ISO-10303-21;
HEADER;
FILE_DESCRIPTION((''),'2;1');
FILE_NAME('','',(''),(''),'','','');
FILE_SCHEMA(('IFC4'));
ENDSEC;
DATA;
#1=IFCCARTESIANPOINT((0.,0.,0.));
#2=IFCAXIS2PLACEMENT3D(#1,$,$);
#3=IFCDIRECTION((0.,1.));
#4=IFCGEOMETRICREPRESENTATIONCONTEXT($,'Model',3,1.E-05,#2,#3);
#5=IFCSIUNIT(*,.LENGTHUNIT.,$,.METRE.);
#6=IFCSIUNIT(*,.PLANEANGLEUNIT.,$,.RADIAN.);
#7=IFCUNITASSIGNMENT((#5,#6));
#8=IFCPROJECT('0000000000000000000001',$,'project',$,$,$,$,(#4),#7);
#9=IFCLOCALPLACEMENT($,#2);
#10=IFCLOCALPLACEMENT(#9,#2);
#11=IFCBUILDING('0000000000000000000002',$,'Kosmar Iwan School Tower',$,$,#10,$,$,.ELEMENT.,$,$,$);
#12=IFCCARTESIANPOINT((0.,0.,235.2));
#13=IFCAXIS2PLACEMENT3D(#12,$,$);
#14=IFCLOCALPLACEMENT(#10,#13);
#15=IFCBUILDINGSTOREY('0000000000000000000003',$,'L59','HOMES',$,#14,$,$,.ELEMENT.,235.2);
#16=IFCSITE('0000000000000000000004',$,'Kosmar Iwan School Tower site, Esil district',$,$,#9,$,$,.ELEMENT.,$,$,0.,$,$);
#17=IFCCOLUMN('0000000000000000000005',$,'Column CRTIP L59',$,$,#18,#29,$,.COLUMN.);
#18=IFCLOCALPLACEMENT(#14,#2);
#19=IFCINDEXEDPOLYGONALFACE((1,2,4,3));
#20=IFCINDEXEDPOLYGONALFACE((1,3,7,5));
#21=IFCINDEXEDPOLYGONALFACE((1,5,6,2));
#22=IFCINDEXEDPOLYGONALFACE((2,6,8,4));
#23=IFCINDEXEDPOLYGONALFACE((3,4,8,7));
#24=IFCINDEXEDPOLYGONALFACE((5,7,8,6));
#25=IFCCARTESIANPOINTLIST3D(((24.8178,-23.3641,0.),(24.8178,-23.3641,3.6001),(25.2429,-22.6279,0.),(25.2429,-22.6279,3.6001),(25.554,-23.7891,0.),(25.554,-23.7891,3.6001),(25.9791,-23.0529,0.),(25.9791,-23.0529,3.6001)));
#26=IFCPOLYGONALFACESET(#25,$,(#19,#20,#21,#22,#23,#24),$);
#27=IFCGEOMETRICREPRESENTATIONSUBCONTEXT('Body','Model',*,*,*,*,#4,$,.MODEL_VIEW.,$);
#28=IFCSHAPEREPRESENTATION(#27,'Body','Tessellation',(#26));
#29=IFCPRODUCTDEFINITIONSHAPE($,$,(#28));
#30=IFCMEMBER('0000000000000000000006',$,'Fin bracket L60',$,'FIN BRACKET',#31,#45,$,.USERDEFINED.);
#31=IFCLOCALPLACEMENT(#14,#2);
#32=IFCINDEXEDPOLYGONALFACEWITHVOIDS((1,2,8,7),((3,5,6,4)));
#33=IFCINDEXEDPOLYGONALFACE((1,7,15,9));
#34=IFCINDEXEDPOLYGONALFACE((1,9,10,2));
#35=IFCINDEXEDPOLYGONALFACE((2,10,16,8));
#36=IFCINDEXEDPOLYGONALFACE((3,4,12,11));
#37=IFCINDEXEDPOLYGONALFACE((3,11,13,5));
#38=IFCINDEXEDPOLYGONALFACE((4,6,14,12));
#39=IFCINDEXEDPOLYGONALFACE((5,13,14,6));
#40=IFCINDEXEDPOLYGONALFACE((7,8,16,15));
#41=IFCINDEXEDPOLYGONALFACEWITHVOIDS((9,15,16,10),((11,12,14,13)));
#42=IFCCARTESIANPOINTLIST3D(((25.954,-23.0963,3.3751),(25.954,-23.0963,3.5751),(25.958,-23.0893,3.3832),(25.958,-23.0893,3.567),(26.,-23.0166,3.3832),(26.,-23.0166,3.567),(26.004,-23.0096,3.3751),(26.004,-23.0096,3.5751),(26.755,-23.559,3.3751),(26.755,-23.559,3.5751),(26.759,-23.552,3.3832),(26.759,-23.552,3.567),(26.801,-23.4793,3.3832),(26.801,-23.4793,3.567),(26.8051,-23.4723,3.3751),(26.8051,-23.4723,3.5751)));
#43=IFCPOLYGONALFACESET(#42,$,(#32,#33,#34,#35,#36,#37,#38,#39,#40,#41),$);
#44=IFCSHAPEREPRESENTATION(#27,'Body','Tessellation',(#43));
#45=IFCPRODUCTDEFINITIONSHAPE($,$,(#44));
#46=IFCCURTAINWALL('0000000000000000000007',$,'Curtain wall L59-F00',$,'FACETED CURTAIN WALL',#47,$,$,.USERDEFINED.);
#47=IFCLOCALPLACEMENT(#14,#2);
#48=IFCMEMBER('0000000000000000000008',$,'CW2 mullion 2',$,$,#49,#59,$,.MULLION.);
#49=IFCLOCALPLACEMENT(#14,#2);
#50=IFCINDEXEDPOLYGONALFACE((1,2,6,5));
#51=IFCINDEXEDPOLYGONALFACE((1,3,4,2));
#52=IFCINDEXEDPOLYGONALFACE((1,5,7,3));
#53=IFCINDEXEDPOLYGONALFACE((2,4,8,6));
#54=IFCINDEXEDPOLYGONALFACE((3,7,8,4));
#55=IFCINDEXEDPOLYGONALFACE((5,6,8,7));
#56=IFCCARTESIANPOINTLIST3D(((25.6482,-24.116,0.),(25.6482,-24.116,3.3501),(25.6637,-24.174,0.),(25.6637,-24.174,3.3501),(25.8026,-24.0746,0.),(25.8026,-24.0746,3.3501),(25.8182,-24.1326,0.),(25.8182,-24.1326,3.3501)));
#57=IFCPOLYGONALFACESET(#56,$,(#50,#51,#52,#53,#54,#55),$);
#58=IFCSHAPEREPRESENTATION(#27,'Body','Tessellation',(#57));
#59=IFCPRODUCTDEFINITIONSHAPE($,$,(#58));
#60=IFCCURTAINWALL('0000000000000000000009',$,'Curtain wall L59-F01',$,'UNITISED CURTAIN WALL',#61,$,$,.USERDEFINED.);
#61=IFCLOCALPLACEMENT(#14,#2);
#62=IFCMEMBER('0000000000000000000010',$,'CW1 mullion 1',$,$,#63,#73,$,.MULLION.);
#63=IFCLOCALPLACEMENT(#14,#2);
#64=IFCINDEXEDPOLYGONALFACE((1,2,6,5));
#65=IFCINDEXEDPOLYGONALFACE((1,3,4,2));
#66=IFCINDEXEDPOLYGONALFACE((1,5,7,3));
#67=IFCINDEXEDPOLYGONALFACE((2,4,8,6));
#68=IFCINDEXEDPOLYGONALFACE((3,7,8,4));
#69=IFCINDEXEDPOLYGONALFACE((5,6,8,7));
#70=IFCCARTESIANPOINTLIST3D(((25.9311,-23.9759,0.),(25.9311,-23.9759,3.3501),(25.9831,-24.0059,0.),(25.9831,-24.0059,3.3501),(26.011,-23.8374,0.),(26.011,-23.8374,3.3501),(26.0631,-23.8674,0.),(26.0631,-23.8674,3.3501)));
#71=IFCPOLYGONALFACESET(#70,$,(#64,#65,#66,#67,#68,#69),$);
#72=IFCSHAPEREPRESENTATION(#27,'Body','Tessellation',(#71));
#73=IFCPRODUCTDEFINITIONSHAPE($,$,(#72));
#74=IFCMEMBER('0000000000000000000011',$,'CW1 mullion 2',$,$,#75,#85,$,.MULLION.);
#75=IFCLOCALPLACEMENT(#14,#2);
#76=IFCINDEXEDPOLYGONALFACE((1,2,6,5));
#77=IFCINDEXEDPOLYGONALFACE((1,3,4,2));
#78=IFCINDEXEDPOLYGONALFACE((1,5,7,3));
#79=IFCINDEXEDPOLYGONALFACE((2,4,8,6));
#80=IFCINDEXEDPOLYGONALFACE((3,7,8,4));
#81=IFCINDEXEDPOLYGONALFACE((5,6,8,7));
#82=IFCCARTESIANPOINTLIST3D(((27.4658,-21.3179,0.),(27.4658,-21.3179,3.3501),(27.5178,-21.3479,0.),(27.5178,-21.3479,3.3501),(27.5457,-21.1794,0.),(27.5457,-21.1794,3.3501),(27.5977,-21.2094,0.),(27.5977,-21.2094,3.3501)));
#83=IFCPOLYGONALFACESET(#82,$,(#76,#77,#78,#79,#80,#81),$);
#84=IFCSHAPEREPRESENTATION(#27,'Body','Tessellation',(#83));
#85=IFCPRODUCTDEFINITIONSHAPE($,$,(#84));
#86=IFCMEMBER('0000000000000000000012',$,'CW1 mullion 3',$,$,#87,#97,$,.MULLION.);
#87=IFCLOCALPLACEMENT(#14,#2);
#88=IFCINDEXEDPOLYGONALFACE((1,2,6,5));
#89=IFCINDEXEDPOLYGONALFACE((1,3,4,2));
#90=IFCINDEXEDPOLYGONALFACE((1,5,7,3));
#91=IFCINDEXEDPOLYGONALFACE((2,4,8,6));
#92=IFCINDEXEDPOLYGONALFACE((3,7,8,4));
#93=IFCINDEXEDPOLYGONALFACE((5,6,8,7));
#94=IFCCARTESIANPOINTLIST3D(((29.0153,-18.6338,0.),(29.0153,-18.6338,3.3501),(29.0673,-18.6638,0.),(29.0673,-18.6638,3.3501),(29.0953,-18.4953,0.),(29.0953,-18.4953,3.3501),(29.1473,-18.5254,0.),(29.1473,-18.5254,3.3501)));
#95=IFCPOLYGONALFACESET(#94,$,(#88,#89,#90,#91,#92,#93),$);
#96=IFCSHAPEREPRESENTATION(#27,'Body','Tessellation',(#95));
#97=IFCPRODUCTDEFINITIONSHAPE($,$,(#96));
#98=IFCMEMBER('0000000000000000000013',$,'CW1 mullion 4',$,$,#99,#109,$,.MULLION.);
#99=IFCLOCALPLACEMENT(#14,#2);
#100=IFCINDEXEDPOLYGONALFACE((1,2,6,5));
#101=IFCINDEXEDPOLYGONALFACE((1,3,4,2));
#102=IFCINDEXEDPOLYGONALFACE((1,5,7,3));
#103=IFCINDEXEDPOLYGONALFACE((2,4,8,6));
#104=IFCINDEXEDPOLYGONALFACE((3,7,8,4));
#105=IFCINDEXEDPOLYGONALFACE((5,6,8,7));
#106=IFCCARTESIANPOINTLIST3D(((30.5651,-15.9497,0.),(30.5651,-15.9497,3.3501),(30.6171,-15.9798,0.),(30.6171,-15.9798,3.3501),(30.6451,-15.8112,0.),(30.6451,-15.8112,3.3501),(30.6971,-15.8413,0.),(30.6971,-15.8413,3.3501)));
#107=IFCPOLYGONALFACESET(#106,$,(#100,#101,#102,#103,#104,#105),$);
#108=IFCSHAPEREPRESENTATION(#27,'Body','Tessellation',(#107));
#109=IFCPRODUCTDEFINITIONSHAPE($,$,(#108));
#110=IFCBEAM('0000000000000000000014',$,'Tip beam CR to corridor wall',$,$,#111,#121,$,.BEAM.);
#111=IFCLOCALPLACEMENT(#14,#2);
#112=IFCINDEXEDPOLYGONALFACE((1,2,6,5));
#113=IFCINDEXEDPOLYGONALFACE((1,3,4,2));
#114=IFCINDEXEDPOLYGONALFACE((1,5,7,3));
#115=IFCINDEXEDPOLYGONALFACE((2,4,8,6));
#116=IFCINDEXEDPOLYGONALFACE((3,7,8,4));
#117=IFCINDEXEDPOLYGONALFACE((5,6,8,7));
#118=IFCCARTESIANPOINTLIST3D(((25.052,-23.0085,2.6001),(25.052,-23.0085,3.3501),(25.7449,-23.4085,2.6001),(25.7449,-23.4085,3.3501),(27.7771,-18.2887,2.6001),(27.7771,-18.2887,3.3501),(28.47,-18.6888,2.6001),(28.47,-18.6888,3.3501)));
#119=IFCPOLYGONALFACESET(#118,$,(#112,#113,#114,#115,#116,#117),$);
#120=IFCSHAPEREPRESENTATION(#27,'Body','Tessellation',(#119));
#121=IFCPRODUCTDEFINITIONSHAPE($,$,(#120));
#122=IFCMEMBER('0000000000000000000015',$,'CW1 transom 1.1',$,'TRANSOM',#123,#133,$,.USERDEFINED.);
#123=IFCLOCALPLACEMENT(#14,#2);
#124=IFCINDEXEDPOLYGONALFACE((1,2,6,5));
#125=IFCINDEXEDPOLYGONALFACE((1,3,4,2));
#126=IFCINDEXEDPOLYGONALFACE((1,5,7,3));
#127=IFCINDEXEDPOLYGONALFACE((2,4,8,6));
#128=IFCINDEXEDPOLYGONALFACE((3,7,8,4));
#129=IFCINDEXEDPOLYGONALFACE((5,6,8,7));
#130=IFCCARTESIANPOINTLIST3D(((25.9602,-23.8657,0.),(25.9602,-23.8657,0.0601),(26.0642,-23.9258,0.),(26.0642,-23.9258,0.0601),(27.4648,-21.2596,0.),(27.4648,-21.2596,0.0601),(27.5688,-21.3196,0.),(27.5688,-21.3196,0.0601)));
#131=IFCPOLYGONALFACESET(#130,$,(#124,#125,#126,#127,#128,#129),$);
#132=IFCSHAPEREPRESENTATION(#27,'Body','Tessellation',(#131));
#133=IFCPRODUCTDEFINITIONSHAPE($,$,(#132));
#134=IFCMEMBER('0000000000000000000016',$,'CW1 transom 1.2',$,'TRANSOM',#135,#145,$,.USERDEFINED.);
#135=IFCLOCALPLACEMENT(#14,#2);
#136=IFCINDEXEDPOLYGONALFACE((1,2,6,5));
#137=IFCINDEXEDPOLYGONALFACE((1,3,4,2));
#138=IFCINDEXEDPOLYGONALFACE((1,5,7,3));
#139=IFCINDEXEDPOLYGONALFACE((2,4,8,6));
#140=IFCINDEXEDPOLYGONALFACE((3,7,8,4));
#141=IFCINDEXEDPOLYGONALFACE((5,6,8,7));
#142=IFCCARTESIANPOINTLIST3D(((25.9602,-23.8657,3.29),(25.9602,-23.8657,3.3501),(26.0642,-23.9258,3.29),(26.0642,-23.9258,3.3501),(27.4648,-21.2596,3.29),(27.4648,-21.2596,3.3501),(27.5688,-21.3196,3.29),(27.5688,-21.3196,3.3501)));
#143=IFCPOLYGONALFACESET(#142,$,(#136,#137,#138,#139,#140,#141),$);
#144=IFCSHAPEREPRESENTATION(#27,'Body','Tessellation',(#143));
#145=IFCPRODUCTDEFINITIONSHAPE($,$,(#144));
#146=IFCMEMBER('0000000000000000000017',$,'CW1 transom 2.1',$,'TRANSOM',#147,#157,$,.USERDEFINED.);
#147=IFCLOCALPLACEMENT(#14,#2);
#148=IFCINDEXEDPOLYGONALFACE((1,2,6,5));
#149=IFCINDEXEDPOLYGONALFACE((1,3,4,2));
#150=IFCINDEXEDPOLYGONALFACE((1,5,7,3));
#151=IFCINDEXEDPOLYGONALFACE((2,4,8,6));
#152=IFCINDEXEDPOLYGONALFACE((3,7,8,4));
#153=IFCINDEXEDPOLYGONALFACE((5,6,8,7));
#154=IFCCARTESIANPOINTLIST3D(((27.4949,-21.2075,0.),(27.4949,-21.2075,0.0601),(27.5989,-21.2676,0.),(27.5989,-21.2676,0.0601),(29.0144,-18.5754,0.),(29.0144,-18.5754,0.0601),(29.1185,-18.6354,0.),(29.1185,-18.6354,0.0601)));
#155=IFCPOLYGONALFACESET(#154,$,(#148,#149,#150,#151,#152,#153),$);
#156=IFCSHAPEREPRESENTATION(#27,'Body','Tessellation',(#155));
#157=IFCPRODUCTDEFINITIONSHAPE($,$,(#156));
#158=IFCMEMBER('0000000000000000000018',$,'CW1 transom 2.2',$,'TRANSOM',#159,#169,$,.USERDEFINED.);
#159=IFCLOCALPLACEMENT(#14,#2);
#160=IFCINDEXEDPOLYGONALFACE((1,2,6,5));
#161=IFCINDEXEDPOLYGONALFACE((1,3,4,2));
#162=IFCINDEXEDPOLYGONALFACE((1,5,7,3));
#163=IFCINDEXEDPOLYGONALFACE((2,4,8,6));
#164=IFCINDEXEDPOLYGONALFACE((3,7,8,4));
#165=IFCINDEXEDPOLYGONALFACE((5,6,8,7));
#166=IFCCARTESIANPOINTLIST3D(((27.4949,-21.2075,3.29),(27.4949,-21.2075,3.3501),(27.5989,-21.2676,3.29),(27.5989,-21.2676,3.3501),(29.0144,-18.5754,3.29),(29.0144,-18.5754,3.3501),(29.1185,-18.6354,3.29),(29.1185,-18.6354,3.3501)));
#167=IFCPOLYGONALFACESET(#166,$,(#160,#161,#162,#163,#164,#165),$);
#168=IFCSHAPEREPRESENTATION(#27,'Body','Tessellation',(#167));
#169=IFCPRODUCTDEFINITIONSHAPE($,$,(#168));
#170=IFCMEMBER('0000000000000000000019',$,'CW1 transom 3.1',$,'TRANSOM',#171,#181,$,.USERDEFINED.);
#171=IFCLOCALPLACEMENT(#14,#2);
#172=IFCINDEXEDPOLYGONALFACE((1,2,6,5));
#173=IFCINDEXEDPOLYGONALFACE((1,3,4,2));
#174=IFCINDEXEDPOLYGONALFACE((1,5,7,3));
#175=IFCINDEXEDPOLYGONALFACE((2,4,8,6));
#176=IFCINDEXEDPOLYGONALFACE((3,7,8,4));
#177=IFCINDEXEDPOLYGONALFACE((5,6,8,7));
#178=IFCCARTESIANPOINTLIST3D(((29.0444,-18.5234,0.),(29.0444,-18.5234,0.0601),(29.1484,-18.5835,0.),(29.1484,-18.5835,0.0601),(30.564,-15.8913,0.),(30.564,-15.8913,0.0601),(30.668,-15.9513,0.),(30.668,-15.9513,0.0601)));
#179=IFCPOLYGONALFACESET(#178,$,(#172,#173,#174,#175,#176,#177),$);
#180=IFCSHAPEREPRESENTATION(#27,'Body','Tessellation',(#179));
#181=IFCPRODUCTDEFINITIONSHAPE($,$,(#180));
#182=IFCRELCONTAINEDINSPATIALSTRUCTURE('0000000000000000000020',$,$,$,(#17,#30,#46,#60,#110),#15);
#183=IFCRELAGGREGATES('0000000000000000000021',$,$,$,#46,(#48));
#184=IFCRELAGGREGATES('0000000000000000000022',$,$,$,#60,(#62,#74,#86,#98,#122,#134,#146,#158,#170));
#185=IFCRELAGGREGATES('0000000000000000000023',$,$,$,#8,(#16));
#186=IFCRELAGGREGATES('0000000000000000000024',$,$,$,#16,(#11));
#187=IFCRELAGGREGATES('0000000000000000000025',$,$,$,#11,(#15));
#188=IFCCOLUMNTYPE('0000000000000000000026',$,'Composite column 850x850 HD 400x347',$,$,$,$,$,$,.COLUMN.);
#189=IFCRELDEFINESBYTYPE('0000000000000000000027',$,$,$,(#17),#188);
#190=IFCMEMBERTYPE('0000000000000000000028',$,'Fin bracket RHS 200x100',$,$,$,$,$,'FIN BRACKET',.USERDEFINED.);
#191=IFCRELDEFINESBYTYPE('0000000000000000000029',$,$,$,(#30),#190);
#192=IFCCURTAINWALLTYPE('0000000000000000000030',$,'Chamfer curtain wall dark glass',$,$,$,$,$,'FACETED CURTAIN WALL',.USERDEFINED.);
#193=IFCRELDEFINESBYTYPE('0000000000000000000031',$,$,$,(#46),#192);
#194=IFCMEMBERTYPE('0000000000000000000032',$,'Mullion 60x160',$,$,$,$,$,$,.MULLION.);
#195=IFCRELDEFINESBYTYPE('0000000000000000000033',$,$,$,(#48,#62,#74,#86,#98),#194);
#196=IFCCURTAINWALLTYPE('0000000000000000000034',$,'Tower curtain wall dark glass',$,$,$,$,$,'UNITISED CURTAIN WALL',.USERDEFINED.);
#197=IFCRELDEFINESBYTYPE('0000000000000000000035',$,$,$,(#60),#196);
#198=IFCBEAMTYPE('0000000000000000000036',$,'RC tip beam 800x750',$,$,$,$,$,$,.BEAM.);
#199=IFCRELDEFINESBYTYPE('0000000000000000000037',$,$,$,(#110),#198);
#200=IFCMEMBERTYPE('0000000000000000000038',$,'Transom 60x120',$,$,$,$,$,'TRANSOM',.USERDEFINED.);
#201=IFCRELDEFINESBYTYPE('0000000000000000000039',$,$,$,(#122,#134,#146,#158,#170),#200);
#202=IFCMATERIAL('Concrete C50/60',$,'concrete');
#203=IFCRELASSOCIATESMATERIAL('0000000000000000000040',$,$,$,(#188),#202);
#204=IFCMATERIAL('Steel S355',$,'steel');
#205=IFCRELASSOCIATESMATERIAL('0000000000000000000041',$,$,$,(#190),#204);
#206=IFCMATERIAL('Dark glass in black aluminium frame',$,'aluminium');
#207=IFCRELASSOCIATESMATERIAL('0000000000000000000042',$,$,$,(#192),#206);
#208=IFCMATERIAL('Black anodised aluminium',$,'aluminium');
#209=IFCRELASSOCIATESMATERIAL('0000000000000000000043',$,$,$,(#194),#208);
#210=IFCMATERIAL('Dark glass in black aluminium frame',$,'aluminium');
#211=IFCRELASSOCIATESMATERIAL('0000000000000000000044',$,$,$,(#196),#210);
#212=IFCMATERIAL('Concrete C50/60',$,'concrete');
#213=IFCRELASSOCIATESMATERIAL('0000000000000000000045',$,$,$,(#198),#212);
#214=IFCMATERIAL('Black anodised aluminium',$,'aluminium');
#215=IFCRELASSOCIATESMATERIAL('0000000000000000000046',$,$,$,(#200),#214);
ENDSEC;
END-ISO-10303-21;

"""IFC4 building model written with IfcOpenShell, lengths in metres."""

from ifc_helpers import new_model, si_unit, direction, frame, origin, origin_2d, place, context, subcontext, project, spatial, rectangle, hollow_rectangle, extrude, material, material_profile, profile_set, type_object, element, aggregate, save


model = new_model("IFC4")

# Units and contexts
model_context = context("Model", 3, precision=1e-05, world=origin(), true_north=direction((0.0, 1.0)))
body_context = subcontext(model_context, "Body", "Model", "MODEL_VIEW")
ifc_project = project(units=[si_unit("LENGTHUNIT", "METRE"), si_unit("PLANEANGLEUNIT", "RADIAN")], contexts=[model_context])

# Site, building, storey
site_placement = place(None, origin())
site = spatial("IfcSite", under=ifc_project, at=site_placement, Name="Kosmar Iwan School Tower site, Esil district", CompositionType="ELEMENT", RefElevation=0.0)
building_placement = place(site_placement, origin())
building = spatial("IfcBuilding", under=site, at=building_placement, Name="Kosmar Iwan School Tower", CompositionType="ELEMENT")
storey_placement = place(building_placement, frame((0.0, 0.0, 235.2)))
storey = spatial("IfcBuildingStorey", under=building, at=storey_placement, Name="L59", Description="HOMES", CompositionType="ELEMENT", Elevation=235.2)

# Column
ifc_material_1 = material(Name="Concrete C50/60", Category="concrete")
ifc_material_profile_1 = material_profile(ifc_material_1, rectangle(XDim=0.8501, YDim=0.8501, at=origin_2d()), Name="RC 850x850 + HD 400x347")
ifc_profile_set_1 = profile_set([ifc_material_profile_1], Name="Concrete C50/60")
column_type = type_object("IfcColumnType", Name="Composite column 850x850 HD 400x347", PredefinedType="COLUMN", material=ifc_profile_set_1)
column_placement = place(storey_placement, frame((25.3984, -23.2085, 0.0), z_axis=(0.0, 0.0, 1.0), x_axis=(0.866025, -0.5, 0.0)))
element("IfcColumn", 1, at=column_placement, inside=storey, type_object=column_type, Name="Column CRTIP L59", PredefinedType="COLUMN", context=body_context, shape_type="SweptSolid", body=[
    extrude(rectangle(XDim=0.8501, YDim=0.8501, at=origin_2d()), origin(), (0.0, 0.0, 1.0), 3.6001),
])

# Member
ifc_material_2 = material(Name="Steel S355", Category="steel")
ifc_material_profile_2 = material_profile(ifc_material_2, hollow_rectangle(XDim=0.1001, YDim=0.2, WallThickness=0.0081, at=origin_2d()), Name="RHS 200x100x8")
ifc_profile_set_2 = profile_set([ifc_material_profile_2], Name="Steel S355")
member_type_1 = type_object("IfcMemberType", Name="Fin bracket RHS 200x100", ElementType="FIN BRACKET", PredefinedType="USERDEFINED", material=ifc_profile_set_2)
member_1_placement = place(storey_placement, frame((25.979, -23.053, 3.4751), z_axis=(0.865944, -0.500141, 0.0), x_axis=(0.500141, 0.865944, 0.0)))
element("IfcMember", 2, at=member_1_placement, inside=storey, type_object=member_type_1, Name="Fin bracket L60", ObjectType="FIN BRACKET", PredefinedType="USERDEFINED", context=body_context, shape_type="SweptSolid", body=[
    extrude(hollow_rectangle(XDim=0.1001, YDim=0.2, WallThickness=0.0081, at=origin_2d()), origin(), (0.0, 0.0, 1.0), 0.925),
])

# Curtain wall, member
ifc_material_3 = material(Name="Dark glass in black aluminium frame", Category="aluminium")
curtain_wall_type_1 = type_object("IfcCurtainWallType", Name="Chamfer curtain wall dark glass", ElementType="FACETED CURTAIN WALL", PredefinedType="USERDEFINED", material=ifc_material_3)
curtain_wall_1_placement = place(storey_placement, origin())
curtain_wall_1 = element("IfcCurtainWall", 3, at=curtain_wall_1_placement, inside=storey, type_object=curtain_wall_type_1, Name="Curtain wall L59-F00", ObjectType="FACETED CURTAIN WALL", PredefinedType="USERDEFINED")
ifc_material_4 = material(Name="Black anodised aluminium", Category="aluminium")
ifc_material_profile_3 = material_profile(ifc_material_4, rectangle(XDim=0.0601, YDim=0.1599, at=origin_2d()), Name="MULLION 60x160")
ifc_profile_set_3 = profile_set([ifc_material_profile_3], Name="Black anodised aluminium")
member_type_2 = type_object("IfcMemberType", Name="Mullion 60x160", PredefinedType="MULLION", material=ifc_profile_set_3)
member_2_placement = place(storey_placement, frame((25.7332, -24.1243, 0.0), z_axis=(0.0, 0.0, 1.0), x_axis=(-0.258819, 0.965926, 0.0)))
member_2 = element("IfcMember", 4, at=member_2_placement, type_object=member_type_2, Name="CW2 mullion 2", PredefinedType="MULLION", context=body_context, shape_type="SweptSolid", body=[
    extrude(rectangle(XDim=0.0601, YDim=0.1599, at=origin_2d()), origin(), (0.0, 0.0, 1.0), 3.3501),
])
aggregate(curtain_wall_1, [member_2])

# Curtain wall, members
ifc_material_5 = material(Name="Dark glass in black aluminium frame", Category="aluminium")
curtain_wall_type_2 = type_object("IfcCurtainWallType", Name="Tower curtain wall dark glass", ElementType="UNITISED CURTAIN WALL", PredefinedType="USERDEFINED", material=ifc_material_5)
curtain_wall_2_placement = place(storey_placement, origin())
curtain_wall_2 = element("IfcCurtainWall", 5, at=curtain_wall_2_placement, inside=storey, type_object=curtain_wall_type_2, Name="Curtain wall L59-F01", ObjectType="UNITISED CURTAIN WALL", PredefinedType="USERDEFINED")
member_3_placement = place(storey_placement, frame((25.9971, -23.9216, 0.0), z_axis=(0.0, 0.0, 1.0), x_axis=(-0.866025, 0.5, 0.0)))
member_3 = element("IfcMember", 6, at=member_3_placement, type_object=member_type_2, Name="CW1 mullion 1", PredefinedType="MULLION", context=body_context, shape_type="SweptSolid", body=[
    extrude(rectangle(XDim=0.0601, YDim=0.1599, at=origin_2d()), origin(), (0.0, 0.0, 1.0), 3.3501),
])
member_4_placement = place(storey_placement, frame((27.5317, -21.2637, 0.0), z_axis=(0.0, 0.0, 1.0), x_axis=(-0.866025, 0.5, 0.0)))
member_4 = element("IfcMember", 7, at=member_4_placement, type_object=member_type_2, Name="CW1 mullion 2", PredefinedType="MULLION", context=body_context, shape_type="SweptSolid", body=[
    extrude(rectangle(XDim=0.0601, YDim=0.1599, at=origin_2d()), origin(), (0.0, 0.0, 1.0), 3.3501),
])
member_5_placement = place(storey_placement, frame((29.0813, -18.5796, 0.0), z_axis=(0.0, 0.0, 1.0), x_axis=(-0.866025, 0.5, 0.0)))
member_5 = element("IfcMember", 8, at=member_5_placement, type_object=member_type_2, Name="CW1 mullion 3", PredefinedType="MULLION", context=body_context, shape_type="SweptSolid", body=[
    extrude(rectangle(XDim=0.0601, YDim=0.1599, at=origin_2d()), origin(), (0.0, 0.0, 1.0), 3.3501),
])
member_6_placement = place(storey_placement, frame((30.6311, -15.8955, 0.0), z_axis=(0.0, 0.0, 1.0), x_axis=(-0.866025, 0.5, 0.0)))
member_6 = element("IfcMember", 9, at=member_6_placement, type_object=member_type_2, Name="CW1 mullion 4", PredefinedType="MULLION", context=body_context, shape_type="SweptSolid", body=[
    extrude(rectangle(XDim=0.0601, YDim=0.1599, at=origin_2d()), origin(), (0.0, 0.0, 1.0), 3.3501),
])

# Beam
ifc_material_6 = material(Name="Concrete C50/60", Category="concrete")
ifc_material_profile_4 = material_profile(ifc_material_6, rectangle(XDim=0.8, YDim=0.75, at=origin_2d()), Name="RC 800x750")
ifc_profile_set_4 = profile_set([ifc_material_profile_4], Name="Concrete C50/60")
beam_type = type_object("IfcBeamType", Name="RC tip beam 800x750", PredefinedType="BEAM", material=ifc_profile_set_4)
beam_placement = place(storey_placement, frame((25.3984, -23.2085, 2.9751), z_axis=(0.500022, 0.866013, 0.0), x_axis=(-0.866013, 0.500022, 0.0)))
element("IfcBeam", 10, at=beam_placement, inside=storey, type_object=beam_type, Name="Tip beam CR to corridor wall", PredefinedType="BEAM", context=body_context, shape_type="SweptSolid", body=[
    extrude(rectangle(XDim=0.8, YDim=0.75, at=origin_2d()), origin(), (0.0, 0.0, 1.0), 5.45),
])

# Members
ifc_material_7 = material(Name="Black anodised aluminium", Category="aluminium")
ifc_material_profile_5 = material_profile(ifc_material_7, rectangle(XDim=0.1201, YDim=0.0601, at=origin_2d()), Name="TRANSOM 60x120")
ifc_profile_set_5 = profile_set([ifc_material_profile_5], Name="Black anodised aluminium")
member_type_3 = type_object("IfcMemberType", Name="Transom 60x120", ElementType="TRANSOM", PredefinedType="USERDEFINED", material=ifc_profile_set_5)
member_7_placement = place(storey_placement, frame((26.0122, -23.8958, 0.03), z_axis=(0.499987, 0.866033, 0.0), x_axis=(-0.866033, 0.499987, 0.0)))
member_7 = element("IfcMember", 11, at=member_7_placement, type_object=member_type_3, Name="CW1 transom 1.1", ObjectType="TRANSOM", PredefinedType="USERDEFINED", context=body_context, shape_type="SweptSolid", body=[
    extrude(rectangle(XDim=0.1201, YDim=0.0601, at=origin_2d()), origin(), (0.0, 0.0, 1.0), 3.0093),
])
member_8_placement = place(storey_placement, frame((26.0122, -23.8958, 3.3201), z_axis=(0.499987, 0.866033, 0.0), x_axis=(-0.866033, 0.499987, 0.0)))
member_8 = element("IfcMember", 12, at=member_8_placement, type_object=member_type_3, Name="CW1 transom 1.2", ObjectType="TRANSOM", PredefinedType="USERDEFINED", context=body_context, shape_type="SweptSolid", body=[
    extrude(rectangle(XDim=0.1201, YDim=0.0601, at=origin_2d()), origin(), (0.0, 0.0, 1.0), 3.0093),
])
member_9_placement = place(storey_placement, frame((27.5469, -21.2375, 0.03), z_axis=(0.499975, 0.86604, 0.0), x_axis=(-0.86604, 0.499975, 0.0)))
member_9 = element("IfcMember", 13, at=member_9_placement, type_object=member_type_3, Name="CW1 transom 2.1", ObjectType="TRANSOM", PredefinedType="USERDEFINED", context=body_context, shape_type="SweptSolid", body=[
    extrude(rectangle(XDim=0.1201, YDim=0.0601, at=origin_2d()), origin(), (0.0, 0.0, 1.0), 3.0393),
])
member_10_placement = place(storey_placement, frame((27.5469, -21.2375, 3.3201), z_axis=(0.499975, 0.86604, 0.0), x_axis=(-0.86604, 0.499975, 0.0)))
member_10 = element("IfcMember", 14, at=member_10_placement, type_object=member_type_3, Name="CW1 transom 2.2", ObjectType="TRANSOM", PredefinedType="USERDEFINED", context=body_context, shape_type="SweptSolid", body=[
    extrude(rectangle(XDim=0.1201, YDim=0.0601, at=origin_2d()), origin(), (0.0, 0.0, 1.0), 3.0393),
])
member_11_placement = place(storey_placement, frame((29.0964, -18.5535, 0.03), z_axis=(0.499975, 0.86604, 0.0), x_axis=(-0.86604, 0.499975, 0.0)))
member_11 = element("IfcMember", 15, at=member_11_placement, type_object=member_type_3, Name="CW1 transom 3.1", ObjectType="TRANSOM", PredefinedType="USERDEFINED", context=body_context, shape_type="SweptSolid", body=[
    extrude(rectangle(XDim=0.1201, YDim=0.0601, at=origin_2d()), origin(), (0.0, 0.0, 1.0), 3.0393),
])

aggregate(curtain_wall_2, [member_3, member_4, member_5, member_6, member_7, member_8, member_9, member_10, member_11])

save(model, "model.ifc")
